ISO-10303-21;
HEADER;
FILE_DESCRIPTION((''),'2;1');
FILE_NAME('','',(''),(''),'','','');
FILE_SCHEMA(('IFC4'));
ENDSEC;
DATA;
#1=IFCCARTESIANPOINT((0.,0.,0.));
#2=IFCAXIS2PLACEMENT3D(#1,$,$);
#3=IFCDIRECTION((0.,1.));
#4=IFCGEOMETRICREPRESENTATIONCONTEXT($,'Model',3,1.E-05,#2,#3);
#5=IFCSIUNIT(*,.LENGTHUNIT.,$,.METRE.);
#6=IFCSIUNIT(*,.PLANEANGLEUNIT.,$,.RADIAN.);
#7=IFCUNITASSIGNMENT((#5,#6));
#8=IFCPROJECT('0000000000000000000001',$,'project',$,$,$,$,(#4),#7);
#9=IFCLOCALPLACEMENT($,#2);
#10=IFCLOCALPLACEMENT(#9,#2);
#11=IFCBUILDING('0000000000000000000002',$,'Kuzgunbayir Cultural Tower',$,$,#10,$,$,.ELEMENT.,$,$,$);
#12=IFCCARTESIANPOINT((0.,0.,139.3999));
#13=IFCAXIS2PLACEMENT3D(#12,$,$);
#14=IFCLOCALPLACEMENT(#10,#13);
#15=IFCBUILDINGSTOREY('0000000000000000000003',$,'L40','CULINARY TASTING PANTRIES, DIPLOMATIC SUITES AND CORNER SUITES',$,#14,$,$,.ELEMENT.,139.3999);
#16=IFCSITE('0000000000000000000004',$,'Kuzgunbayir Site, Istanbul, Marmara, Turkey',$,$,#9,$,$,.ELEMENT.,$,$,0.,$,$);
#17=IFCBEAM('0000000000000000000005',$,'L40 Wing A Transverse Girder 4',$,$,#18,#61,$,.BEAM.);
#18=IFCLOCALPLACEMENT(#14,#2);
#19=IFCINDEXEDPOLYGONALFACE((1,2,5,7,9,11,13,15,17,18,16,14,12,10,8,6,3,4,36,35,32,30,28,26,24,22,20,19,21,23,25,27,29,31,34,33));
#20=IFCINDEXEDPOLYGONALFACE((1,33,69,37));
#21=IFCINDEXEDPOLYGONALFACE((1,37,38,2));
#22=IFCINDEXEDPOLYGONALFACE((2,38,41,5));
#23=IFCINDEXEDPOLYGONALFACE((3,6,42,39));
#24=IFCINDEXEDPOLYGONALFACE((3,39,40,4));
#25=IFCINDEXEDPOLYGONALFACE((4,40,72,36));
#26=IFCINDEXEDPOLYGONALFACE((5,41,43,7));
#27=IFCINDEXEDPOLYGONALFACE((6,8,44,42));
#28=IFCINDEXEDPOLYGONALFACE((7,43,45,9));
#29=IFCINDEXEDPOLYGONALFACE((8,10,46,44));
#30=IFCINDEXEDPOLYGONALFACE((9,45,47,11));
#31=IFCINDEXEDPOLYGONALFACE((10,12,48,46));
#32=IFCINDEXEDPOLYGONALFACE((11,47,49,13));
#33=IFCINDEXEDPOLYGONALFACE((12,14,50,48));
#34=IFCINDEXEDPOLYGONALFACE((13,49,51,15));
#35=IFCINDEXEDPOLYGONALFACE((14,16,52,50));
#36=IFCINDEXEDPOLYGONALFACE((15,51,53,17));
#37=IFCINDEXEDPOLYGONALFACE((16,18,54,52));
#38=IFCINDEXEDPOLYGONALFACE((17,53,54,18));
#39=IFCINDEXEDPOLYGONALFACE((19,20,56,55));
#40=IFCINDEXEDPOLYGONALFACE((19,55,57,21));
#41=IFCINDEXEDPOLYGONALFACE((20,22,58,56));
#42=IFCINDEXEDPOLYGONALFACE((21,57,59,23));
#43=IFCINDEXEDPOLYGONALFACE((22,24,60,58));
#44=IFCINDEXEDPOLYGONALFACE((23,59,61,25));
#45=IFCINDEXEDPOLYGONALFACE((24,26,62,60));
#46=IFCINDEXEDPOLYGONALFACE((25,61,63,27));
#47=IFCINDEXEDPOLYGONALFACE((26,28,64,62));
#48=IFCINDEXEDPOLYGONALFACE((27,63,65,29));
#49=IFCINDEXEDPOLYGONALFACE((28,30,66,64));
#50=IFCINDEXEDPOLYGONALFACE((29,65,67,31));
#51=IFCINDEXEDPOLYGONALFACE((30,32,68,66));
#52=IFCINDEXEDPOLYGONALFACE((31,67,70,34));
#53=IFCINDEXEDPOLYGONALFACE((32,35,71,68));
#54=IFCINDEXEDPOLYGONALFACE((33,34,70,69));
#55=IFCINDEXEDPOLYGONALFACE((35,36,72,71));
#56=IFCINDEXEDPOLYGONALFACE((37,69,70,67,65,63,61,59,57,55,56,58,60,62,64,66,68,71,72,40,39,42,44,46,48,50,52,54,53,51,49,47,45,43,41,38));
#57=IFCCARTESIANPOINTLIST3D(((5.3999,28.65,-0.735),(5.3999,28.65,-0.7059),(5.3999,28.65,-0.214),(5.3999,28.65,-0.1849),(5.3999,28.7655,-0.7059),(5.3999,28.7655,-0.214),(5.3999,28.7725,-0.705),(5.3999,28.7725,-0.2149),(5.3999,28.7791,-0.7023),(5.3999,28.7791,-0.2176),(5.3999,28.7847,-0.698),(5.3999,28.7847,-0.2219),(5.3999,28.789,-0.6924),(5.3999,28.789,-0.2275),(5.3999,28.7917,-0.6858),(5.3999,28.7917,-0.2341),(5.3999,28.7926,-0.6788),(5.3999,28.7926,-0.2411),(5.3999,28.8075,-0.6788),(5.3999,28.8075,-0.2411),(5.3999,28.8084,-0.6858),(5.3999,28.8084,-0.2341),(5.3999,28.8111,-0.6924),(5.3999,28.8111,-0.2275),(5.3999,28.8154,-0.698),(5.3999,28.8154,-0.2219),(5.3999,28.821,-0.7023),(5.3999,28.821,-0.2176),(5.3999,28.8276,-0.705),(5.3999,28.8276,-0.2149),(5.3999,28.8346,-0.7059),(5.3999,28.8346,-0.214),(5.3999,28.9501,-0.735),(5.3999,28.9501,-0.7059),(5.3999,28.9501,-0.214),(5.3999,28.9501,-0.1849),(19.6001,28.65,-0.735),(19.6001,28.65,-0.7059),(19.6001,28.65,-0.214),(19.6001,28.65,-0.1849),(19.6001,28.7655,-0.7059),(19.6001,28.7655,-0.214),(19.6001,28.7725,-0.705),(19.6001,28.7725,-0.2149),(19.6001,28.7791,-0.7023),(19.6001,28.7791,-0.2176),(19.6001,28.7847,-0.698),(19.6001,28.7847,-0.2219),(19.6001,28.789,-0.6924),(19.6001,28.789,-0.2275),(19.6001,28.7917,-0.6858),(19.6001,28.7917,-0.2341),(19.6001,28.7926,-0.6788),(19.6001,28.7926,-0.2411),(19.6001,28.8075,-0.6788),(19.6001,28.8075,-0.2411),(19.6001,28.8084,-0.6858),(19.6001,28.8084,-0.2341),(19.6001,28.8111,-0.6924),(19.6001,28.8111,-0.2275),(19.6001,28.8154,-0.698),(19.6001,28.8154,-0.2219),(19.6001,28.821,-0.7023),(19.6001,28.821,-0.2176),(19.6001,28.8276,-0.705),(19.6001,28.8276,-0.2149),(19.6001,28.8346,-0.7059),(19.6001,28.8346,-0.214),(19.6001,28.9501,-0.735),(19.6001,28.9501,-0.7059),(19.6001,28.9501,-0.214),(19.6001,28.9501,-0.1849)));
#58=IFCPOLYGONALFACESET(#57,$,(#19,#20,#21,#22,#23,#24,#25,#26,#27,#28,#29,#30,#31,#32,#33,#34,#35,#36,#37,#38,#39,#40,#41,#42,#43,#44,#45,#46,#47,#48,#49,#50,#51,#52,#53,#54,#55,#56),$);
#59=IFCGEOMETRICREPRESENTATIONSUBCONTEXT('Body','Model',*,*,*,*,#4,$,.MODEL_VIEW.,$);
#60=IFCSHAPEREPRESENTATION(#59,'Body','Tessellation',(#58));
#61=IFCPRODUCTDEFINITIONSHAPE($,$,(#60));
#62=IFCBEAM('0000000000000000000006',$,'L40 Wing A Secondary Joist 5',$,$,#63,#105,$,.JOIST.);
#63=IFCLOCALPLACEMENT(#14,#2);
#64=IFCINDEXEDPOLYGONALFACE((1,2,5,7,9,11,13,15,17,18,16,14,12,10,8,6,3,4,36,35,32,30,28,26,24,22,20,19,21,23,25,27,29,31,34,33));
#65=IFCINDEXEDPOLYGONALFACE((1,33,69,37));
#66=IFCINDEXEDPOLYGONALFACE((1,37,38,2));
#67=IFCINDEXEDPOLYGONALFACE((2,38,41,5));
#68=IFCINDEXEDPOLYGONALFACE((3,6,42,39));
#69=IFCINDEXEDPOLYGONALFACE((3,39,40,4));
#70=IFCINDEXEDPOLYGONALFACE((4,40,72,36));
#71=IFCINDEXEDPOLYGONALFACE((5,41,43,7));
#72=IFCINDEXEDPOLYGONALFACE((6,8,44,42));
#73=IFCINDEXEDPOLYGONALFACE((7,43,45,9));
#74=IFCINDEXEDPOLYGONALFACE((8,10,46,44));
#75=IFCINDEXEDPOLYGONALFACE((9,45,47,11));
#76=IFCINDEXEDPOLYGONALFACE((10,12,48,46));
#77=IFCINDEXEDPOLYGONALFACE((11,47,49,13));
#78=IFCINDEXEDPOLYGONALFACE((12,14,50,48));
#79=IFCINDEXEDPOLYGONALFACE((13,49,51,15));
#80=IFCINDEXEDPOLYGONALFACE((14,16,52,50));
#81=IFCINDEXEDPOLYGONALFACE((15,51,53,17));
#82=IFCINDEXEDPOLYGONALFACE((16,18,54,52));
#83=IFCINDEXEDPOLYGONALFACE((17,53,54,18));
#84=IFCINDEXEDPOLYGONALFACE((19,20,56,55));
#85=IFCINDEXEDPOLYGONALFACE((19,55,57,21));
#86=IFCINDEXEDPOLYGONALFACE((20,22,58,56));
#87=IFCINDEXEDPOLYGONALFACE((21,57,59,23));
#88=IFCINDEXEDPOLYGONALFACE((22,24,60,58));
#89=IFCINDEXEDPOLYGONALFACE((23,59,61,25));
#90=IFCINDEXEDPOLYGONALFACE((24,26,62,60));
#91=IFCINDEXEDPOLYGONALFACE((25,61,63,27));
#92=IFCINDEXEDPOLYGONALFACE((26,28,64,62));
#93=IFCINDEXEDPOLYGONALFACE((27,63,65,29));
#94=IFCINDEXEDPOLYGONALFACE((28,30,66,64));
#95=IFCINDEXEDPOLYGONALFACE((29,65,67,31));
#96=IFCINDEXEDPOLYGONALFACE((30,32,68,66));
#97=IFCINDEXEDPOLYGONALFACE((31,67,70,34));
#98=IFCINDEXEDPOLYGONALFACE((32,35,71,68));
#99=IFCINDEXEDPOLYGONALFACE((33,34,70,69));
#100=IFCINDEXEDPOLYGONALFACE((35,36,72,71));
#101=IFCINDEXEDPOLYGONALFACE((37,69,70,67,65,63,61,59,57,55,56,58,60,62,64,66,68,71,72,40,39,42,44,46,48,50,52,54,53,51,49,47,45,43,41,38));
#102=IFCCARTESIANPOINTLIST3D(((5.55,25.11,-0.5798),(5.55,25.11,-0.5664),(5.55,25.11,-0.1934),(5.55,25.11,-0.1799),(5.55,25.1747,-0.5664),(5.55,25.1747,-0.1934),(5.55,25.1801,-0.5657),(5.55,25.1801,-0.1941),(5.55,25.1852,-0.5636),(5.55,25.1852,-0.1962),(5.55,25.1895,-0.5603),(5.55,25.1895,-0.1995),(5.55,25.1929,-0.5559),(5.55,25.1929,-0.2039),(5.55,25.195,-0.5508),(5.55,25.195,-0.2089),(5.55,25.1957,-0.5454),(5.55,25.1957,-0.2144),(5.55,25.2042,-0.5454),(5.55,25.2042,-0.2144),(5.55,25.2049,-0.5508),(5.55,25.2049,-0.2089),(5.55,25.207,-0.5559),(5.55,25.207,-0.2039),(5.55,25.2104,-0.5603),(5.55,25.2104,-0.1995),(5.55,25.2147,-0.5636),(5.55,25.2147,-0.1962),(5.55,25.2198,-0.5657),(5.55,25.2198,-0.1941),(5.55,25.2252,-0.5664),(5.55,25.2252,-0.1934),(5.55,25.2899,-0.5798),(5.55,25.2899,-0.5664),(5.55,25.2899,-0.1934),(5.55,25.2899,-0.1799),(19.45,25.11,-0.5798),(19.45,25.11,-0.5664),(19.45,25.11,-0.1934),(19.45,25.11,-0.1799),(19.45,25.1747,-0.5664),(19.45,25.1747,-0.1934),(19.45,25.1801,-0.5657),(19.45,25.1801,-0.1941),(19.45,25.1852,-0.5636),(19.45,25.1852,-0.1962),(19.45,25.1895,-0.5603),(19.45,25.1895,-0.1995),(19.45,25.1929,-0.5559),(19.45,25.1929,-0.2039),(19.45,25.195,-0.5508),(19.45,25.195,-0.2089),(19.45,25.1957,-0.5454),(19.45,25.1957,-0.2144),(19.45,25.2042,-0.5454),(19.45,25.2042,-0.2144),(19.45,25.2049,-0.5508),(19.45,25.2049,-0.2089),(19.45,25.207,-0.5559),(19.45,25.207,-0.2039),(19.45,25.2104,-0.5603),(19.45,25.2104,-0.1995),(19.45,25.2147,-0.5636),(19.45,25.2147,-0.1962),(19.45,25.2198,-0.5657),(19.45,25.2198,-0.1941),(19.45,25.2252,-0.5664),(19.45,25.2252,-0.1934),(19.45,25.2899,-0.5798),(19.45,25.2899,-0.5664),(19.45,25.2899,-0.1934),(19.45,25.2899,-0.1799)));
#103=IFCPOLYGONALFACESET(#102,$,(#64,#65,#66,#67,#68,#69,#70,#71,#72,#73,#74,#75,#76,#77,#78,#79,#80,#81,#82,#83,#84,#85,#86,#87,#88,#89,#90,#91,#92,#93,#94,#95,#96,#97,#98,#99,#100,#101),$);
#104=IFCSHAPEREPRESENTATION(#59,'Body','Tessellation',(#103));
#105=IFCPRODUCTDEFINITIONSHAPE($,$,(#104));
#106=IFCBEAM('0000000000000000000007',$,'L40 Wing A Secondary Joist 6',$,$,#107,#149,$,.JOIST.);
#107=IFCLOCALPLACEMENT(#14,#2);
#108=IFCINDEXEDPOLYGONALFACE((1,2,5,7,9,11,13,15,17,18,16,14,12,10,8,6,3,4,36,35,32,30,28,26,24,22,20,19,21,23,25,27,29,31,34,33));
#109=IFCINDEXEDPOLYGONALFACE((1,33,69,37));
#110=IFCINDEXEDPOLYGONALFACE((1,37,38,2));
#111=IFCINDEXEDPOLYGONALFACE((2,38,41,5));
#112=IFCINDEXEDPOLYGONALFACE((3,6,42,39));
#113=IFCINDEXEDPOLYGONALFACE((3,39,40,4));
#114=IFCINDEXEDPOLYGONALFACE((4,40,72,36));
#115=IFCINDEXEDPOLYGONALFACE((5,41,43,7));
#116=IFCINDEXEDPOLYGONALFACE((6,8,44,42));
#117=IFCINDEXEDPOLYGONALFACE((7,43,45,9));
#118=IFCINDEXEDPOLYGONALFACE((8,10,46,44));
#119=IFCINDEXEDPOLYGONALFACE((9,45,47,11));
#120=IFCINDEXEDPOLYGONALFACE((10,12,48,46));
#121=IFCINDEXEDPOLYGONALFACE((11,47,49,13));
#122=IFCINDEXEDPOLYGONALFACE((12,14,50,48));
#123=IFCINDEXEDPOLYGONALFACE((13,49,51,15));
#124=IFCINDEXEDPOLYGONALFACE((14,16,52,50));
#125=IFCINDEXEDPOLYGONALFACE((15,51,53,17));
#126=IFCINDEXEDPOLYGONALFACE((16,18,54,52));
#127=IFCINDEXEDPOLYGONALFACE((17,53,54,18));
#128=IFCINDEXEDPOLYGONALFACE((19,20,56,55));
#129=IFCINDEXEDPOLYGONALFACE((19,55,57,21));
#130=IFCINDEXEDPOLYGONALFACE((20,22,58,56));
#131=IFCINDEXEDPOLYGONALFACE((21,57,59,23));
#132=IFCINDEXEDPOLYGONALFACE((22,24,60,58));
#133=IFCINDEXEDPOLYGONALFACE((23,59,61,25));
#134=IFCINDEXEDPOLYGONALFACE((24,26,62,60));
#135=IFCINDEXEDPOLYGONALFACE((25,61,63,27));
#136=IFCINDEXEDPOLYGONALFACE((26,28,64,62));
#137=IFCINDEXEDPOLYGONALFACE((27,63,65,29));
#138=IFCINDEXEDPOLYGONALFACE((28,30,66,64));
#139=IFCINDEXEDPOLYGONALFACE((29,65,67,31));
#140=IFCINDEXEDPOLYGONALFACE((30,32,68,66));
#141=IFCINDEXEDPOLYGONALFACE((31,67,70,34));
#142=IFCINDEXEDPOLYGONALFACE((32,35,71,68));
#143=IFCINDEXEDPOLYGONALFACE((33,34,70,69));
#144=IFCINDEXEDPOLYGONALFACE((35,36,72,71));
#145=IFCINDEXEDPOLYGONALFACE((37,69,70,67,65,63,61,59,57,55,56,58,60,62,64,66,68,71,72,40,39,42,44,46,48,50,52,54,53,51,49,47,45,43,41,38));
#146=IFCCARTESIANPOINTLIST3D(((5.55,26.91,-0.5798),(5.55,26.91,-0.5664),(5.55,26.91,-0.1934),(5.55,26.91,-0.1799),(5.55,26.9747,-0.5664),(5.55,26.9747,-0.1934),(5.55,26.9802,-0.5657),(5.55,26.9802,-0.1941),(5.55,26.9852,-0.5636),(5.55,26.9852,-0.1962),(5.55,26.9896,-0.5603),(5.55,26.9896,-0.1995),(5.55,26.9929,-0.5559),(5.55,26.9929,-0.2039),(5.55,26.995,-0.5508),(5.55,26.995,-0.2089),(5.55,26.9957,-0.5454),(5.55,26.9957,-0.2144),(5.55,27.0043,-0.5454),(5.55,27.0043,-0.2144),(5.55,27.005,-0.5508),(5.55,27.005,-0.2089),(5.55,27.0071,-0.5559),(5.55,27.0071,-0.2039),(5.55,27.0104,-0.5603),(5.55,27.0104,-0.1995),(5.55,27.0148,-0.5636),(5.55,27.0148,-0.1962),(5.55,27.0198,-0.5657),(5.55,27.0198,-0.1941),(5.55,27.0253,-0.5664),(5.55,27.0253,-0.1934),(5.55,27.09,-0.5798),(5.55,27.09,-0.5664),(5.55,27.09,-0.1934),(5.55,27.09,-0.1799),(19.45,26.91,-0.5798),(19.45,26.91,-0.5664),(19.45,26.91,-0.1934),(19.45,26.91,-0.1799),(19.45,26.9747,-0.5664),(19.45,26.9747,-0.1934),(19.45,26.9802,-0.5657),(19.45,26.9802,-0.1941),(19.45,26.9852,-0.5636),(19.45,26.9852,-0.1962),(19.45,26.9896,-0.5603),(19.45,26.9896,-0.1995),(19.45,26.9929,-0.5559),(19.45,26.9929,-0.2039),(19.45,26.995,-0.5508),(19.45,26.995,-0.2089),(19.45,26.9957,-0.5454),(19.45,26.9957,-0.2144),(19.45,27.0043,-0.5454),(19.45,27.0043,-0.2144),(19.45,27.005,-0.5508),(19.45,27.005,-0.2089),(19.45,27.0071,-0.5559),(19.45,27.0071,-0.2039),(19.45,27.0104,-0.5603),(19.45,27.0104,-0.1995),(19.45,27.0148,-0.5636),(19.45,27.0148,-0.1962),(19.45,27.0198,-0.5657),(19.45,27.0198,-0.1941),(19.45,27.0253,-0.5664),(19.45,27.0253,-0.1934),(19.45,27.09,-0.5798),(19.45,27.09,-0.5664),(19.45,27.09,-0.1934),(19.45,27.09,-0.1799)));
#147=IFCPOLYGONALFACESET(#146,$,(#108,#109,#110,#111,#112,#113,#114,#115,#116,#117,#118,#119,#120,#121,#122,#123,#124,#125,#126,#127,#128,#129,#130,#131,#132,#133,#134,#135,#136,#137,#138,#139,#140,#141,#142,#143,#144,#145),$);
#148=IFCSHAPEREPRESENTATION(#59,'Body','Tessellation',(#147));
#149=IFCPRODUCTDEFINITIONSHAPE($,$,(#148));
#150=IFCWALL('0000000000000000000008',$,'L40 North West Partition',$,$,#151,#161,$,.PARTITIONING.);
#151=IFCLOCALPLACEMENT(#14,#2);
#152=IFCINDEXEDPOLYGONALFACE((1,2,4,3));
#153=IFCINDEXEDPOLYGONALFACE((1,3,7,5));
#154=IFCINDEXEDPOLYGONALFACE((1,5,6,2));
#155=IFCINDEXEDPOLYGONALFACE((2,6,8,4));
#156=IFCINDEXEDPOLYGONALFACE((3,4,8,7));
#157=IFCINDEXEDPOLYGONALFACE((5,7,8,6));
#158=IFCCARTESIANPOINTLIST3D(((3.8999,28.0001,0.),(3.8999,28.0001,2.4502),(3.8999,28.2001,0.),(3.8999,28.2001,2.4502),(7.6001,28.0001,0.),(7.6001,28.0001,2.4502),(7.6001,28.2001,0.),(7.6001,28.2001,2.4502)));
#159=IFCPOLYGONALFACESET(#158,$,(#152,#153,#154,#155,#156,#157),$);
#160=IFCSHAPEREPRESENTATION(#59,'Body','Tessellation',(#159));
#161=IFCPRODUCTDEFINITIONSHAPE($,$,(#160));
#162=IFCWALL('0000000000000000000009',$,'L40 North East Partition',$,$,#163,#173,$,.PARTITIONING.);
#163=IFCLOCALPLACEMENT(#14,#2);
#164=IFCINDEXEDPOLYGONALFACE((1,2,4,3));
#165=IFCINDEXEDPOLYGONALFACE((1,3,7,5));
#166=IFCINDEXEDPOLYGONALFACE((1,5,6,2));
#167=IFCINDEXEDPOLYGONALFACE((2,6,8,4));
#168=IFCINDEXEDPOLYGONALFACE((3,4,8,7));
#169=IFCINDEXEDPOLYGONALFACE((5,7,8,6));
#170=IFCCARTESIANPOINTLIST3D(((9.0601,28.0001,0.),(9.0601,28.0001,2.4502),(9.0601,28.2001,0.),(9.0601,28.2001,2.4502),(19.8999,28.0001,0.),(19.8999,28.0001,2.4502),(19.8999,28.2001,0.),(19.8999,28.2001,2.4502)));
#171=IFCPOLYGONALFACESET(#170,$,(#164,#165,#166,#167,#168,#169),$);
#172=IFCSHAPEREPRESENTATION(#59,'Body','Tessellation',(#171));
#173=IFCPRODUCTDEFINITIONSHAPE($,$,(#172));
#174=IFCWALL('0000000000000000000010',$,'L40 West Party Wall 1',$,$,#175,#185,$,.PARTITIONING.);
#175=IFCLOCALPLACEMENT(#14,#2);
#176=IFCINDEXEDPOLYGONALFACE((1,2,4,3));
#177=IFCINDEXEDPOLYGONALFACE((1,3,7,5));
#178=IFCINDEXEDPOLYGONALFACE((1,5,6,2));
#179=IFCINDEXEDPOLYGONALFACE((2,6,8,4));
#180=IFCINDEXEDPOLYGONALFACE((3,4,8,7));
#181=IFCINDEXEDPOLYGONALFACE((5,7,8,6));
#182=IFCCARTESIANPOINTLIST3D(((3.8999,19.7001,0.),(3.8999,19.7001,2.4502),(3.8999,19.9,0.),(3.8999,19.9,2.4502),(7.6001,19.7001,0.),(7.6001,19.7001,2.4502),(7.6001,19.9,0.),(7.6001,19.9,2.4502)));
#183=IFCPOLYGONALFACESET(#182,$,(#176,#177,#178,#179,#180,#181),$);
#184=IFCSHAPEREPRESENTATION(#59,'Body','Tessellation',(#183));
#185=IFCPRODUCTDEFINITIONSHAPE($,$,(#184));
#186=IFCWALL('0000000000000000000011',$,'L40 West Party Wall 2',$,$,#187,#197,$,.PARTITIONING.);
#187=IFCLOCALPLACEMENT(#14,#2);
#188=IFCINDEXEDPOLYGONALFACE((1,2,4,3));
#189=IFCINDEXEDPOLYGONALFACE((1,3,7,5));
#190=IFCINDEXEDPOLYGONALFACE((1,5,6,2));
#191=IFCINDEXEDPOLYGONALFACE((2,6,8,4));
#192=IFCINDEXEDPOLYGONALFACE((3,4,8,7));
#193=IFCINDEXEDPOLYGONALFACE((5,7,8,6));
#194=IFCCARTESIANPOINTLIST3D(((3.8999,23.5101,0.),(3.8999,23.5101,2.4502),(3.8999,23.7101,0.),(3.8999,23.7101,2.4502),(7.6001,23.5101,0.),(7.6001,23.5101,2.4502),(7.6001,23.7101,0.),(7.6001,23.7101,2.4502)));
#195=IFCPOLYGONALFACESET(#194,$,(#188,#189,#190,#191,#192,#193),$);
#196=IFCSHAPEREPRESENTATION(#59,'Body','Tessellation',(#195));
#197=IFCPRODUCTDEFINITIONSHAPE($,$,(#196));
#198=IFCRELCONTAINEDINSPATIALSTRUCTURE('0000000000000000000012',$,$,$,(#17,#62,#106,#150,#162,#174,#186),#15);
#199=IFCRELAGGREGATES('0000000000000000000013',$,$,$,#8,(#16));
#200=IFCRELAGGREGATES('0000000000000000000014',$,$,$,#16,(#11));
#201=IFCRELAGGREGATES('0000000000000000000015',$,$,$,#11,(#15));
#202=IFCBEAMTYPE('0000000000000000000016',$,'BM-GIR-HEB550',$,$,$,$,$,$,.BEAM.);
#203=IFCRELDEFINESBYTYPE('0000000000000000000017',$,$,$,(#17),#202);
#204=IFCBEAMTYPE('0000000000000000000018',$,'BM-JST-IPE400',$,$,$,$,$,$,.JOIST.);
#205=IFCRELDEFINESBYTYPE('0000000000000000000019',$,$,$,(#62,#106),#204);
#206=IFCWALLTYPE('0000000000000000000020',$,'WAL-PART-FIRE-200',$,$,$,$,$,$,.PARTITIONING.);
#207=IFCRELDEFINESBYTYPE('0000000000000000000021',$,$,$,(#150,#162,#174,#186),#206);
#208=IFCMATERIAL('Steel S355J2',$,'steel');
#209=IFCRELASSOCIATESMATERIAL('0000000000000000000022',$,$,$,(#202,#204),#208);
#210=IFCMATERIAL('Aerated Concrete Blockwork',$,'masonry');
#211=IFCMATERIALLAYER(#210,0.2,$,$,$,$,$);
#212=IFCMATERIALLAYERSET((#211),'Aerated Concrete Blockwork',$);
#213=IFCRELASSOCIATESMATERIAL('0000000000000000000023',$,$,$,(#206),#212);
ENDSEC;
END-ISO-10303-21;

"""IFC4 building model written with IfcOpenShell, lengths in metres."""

from ifc_helpers import new_model, si_unit, direction, frame, frame_2d, origin, origin_2d, place, context, subcontext, project, spatial, rectangle, i_section, extrude, material, layer, layer_set, material_profile, profile_set, type_object, element, save


model = new_model("IFC4")

# Units and contexts
model_context = context("Model", 3, precision=1e-05, world=origin(), true_north=direction((0.0, 1.0)))
body_context = subcontext(model_context, "Body", "Model", "MODEL_VIEW")
ifc_project = project(units=[si_unit("LENGTHUNIT", "METRE"), si_unit("PLANEANGLEUNIT", "RADIAN")], contexts=[model_context])

# Site, building, storey
site_placement = place(None, origin())
site = spatial("IfcSite", under=ifc_project, at=site_placement, Name="Kuzgunbayir Site, Istanbul, Marmara, Turkey", CompositionType="ELEMENT", RefElevation=0.0)
building_placement = place(site_placement, origin())
building = spatial("IfcBuilding", under=site, at=building_placement, Name="Kuzgunbayir Cultural Tower", CompositionType="ELEMENT")
storey_placement = place(building_placement, frame((0.0, 0.0, 139.3999)))
storey = spatial("IfcBuildingStorey", under=building, at=storey_placement, Name="L40", Description="CULINARY TASTING PANTRIES, DIPLOMATIC SUITES AND CORNER SUITES", CompositionType="ELEMENT", Elevation=139.3999)

# Beams
ifc_material_1 = material(Name="Steel S355J2", Category="steel")
ifc_material_profile_1 = material_profile(ifc_material_1, i_section(OverallWidth=0.3, OverallDepth=0.55, WebThickness=0.0149, FlangeThickness=0.0291, FilletRadius=0.0271, at=origin_2d()), Name="HEB 550")
ifc_profile_set_1 = profile_set([ifc_material_profile_1], Name="Steel S355J2")
beam_type_1 = type_object("IfcBeamType", Name="BM-GIR-HEB550", PredefinedType="BEAM", material=ifc_profile_set_1)
for number, where, z_axis, x_axis, name in (
    (1, (5.3999, 28.8, -0.46), (1.0, 0.0, 0.0), (0.0, 1.0, 0.0), "L40 Wing A Transverse Girder 4"),
):
    element("IfcBeam", number, at=place(storey_placement, frame(where, z_axis=z_axis, x_axis=x_axis)), inside=storey, type_object=beam_type_1, Name=name, PredefinedType="BEAM", context=body_context, shape_type="SweptSolid", body=[
        extrude(i_section(OverallWidth=0.3, OverallDepth=0.55, WebThickness=0.0149, FlangeThickness=0.0291, FilletRadius=0.0271, at=origin_2d()), origin(), (0.0, 0.0, 1.0), 14.2002),
    ])
ifc_material_profile_2 = material_profile(ifc_material_1, i_section(OverallWidth=0.1799, OverallDepth=0.3999, WebThickness=0.0085, FlangeThickness=0.0134, FilletRadius=0.021, at=origin_2d()), Name="IPE 400")
ifc_profile_set_2 = profile_set([ifc_material_profile_2], Name="Steel S355J2")
beam_type_2 = type_object("IfcBeamType", Name="BM-JST-IPE400", PredefinedType="JOIST", material=ifc_profile_set_2)
for number, where, z_axis, x_axis, name in (
    (2, (5.55, 25.2, -0.3799), (1.0, 0.0, 0.0), (0.0, 1.0, 0.0), "L40 Wing A Secondary Joist 5"),
    (3, (5.55, 27.0, -0.3799), (1.0, 0.0, 0.0), (0.0, 1.0, 0.0), "L40 Wing A Secondary Joist 6"),
):
    element("IfcBeam", number, at=place(storey_placement, frame(where, z_axis=z_axis, x_axis=x_axis)), inside=storey, type_object=beam_type_2, Name=name, PredefinedType="JOIST", context=body_context, shape_type="SweptSolid", body=[
        extrude(i_section(OverallWidth=0.1799, OverallDepth=0.3999, WebThickness=0.0085, FlangeThickness=0.0134, FilletRadius=0.021, at=origin_2d()), origin(), (0.0, 0.0, 1.0), 13.8999),
    ])

# Walls
ifc_material_2 = material(Name="Aerated Concrete Blockwork", Category="masonry")
ifc_layer_1 = layer(ifc_material_2, 0.2)
ifc_layer_set_1 = layer_set([ifc_layer_1], Name="Aerated Concrete Blockwork")
wall_type_1 = type_object("IfcWallType", Name="WAL-PART-FIRE-200", PredefinedType="PARTITIONING", material=ifc_layer_set_1)
wall_1_placement = place(storey_placement, frame((3.8999, 28.1001, 0.0), z_axis=(0.0, 0.0, 1.0), x_axis=(1.0, 0.0, 0.0)))
element("IfcWall", 4, at=wall_1_placement, inside=storey, type_object=wall_type_1, Name="L40 North West Partition", PredefinedType="PARTITIONING", context=body_context, shape_type="SweptSolid", body=[
    extrude(rectangle(XDim=3.7002, YDim=0.2, at=frame_2d((1.8501, 0.0))), origin(), (0.0, 0.0, 1.0), 2.4502),
])
wall_2_placement = place(storey_placement, frame((9.0601, 28.1001, 0.0), z_axis=(0.0, 0.0, 1.0), x_axis=(1.0, 0.0, 0.0)))
element("IfcWall", 5, at=wall_2_placement, inside=storey, type_object=wall_type_1, Name="L40 North East Partition", PredefinedType="PARTITIONING", context=body_context, shape_type="SweptSolid", body=[
    extrude(rectangle(XDim=10.8398, YDim=0.2, at=frame_2d((5.4199, 0.0))), origin(), (0.0, 0.0, 1.0), 2.4502),
])
for number, where, z_axis, x_axis, name in (
    (6, (3.8999, 19.8, 0.0), (0.0, 0.0, 1.0), (1.0, 0.0, 0.0), "L40 West Party Wall 1"),
    (7, (3.8999, 23.6101, 0.0), (0.0, 0.0, 1.0), (1.0, 0.0, 0.0), "L40 West Party Wall 2"),
):
    element("IfcWall", number, at=place(storey_placement, frame(where, z_axis=z_axis, x_axis=x_axis)), inside=storey, type_object=wall_type_1, Name=name, PredefinedType="PARTITIONING", context=body_context, shape_type="SweptSolid", body=[
        extrude(rectangle(XDim=3.7002, YDim=0.2, at=frame_2d((1.8501, 0.0))), origin(), (0.0, 0.0, 1.0), 2.4502),
    ])

save(model, "model.ifc")
